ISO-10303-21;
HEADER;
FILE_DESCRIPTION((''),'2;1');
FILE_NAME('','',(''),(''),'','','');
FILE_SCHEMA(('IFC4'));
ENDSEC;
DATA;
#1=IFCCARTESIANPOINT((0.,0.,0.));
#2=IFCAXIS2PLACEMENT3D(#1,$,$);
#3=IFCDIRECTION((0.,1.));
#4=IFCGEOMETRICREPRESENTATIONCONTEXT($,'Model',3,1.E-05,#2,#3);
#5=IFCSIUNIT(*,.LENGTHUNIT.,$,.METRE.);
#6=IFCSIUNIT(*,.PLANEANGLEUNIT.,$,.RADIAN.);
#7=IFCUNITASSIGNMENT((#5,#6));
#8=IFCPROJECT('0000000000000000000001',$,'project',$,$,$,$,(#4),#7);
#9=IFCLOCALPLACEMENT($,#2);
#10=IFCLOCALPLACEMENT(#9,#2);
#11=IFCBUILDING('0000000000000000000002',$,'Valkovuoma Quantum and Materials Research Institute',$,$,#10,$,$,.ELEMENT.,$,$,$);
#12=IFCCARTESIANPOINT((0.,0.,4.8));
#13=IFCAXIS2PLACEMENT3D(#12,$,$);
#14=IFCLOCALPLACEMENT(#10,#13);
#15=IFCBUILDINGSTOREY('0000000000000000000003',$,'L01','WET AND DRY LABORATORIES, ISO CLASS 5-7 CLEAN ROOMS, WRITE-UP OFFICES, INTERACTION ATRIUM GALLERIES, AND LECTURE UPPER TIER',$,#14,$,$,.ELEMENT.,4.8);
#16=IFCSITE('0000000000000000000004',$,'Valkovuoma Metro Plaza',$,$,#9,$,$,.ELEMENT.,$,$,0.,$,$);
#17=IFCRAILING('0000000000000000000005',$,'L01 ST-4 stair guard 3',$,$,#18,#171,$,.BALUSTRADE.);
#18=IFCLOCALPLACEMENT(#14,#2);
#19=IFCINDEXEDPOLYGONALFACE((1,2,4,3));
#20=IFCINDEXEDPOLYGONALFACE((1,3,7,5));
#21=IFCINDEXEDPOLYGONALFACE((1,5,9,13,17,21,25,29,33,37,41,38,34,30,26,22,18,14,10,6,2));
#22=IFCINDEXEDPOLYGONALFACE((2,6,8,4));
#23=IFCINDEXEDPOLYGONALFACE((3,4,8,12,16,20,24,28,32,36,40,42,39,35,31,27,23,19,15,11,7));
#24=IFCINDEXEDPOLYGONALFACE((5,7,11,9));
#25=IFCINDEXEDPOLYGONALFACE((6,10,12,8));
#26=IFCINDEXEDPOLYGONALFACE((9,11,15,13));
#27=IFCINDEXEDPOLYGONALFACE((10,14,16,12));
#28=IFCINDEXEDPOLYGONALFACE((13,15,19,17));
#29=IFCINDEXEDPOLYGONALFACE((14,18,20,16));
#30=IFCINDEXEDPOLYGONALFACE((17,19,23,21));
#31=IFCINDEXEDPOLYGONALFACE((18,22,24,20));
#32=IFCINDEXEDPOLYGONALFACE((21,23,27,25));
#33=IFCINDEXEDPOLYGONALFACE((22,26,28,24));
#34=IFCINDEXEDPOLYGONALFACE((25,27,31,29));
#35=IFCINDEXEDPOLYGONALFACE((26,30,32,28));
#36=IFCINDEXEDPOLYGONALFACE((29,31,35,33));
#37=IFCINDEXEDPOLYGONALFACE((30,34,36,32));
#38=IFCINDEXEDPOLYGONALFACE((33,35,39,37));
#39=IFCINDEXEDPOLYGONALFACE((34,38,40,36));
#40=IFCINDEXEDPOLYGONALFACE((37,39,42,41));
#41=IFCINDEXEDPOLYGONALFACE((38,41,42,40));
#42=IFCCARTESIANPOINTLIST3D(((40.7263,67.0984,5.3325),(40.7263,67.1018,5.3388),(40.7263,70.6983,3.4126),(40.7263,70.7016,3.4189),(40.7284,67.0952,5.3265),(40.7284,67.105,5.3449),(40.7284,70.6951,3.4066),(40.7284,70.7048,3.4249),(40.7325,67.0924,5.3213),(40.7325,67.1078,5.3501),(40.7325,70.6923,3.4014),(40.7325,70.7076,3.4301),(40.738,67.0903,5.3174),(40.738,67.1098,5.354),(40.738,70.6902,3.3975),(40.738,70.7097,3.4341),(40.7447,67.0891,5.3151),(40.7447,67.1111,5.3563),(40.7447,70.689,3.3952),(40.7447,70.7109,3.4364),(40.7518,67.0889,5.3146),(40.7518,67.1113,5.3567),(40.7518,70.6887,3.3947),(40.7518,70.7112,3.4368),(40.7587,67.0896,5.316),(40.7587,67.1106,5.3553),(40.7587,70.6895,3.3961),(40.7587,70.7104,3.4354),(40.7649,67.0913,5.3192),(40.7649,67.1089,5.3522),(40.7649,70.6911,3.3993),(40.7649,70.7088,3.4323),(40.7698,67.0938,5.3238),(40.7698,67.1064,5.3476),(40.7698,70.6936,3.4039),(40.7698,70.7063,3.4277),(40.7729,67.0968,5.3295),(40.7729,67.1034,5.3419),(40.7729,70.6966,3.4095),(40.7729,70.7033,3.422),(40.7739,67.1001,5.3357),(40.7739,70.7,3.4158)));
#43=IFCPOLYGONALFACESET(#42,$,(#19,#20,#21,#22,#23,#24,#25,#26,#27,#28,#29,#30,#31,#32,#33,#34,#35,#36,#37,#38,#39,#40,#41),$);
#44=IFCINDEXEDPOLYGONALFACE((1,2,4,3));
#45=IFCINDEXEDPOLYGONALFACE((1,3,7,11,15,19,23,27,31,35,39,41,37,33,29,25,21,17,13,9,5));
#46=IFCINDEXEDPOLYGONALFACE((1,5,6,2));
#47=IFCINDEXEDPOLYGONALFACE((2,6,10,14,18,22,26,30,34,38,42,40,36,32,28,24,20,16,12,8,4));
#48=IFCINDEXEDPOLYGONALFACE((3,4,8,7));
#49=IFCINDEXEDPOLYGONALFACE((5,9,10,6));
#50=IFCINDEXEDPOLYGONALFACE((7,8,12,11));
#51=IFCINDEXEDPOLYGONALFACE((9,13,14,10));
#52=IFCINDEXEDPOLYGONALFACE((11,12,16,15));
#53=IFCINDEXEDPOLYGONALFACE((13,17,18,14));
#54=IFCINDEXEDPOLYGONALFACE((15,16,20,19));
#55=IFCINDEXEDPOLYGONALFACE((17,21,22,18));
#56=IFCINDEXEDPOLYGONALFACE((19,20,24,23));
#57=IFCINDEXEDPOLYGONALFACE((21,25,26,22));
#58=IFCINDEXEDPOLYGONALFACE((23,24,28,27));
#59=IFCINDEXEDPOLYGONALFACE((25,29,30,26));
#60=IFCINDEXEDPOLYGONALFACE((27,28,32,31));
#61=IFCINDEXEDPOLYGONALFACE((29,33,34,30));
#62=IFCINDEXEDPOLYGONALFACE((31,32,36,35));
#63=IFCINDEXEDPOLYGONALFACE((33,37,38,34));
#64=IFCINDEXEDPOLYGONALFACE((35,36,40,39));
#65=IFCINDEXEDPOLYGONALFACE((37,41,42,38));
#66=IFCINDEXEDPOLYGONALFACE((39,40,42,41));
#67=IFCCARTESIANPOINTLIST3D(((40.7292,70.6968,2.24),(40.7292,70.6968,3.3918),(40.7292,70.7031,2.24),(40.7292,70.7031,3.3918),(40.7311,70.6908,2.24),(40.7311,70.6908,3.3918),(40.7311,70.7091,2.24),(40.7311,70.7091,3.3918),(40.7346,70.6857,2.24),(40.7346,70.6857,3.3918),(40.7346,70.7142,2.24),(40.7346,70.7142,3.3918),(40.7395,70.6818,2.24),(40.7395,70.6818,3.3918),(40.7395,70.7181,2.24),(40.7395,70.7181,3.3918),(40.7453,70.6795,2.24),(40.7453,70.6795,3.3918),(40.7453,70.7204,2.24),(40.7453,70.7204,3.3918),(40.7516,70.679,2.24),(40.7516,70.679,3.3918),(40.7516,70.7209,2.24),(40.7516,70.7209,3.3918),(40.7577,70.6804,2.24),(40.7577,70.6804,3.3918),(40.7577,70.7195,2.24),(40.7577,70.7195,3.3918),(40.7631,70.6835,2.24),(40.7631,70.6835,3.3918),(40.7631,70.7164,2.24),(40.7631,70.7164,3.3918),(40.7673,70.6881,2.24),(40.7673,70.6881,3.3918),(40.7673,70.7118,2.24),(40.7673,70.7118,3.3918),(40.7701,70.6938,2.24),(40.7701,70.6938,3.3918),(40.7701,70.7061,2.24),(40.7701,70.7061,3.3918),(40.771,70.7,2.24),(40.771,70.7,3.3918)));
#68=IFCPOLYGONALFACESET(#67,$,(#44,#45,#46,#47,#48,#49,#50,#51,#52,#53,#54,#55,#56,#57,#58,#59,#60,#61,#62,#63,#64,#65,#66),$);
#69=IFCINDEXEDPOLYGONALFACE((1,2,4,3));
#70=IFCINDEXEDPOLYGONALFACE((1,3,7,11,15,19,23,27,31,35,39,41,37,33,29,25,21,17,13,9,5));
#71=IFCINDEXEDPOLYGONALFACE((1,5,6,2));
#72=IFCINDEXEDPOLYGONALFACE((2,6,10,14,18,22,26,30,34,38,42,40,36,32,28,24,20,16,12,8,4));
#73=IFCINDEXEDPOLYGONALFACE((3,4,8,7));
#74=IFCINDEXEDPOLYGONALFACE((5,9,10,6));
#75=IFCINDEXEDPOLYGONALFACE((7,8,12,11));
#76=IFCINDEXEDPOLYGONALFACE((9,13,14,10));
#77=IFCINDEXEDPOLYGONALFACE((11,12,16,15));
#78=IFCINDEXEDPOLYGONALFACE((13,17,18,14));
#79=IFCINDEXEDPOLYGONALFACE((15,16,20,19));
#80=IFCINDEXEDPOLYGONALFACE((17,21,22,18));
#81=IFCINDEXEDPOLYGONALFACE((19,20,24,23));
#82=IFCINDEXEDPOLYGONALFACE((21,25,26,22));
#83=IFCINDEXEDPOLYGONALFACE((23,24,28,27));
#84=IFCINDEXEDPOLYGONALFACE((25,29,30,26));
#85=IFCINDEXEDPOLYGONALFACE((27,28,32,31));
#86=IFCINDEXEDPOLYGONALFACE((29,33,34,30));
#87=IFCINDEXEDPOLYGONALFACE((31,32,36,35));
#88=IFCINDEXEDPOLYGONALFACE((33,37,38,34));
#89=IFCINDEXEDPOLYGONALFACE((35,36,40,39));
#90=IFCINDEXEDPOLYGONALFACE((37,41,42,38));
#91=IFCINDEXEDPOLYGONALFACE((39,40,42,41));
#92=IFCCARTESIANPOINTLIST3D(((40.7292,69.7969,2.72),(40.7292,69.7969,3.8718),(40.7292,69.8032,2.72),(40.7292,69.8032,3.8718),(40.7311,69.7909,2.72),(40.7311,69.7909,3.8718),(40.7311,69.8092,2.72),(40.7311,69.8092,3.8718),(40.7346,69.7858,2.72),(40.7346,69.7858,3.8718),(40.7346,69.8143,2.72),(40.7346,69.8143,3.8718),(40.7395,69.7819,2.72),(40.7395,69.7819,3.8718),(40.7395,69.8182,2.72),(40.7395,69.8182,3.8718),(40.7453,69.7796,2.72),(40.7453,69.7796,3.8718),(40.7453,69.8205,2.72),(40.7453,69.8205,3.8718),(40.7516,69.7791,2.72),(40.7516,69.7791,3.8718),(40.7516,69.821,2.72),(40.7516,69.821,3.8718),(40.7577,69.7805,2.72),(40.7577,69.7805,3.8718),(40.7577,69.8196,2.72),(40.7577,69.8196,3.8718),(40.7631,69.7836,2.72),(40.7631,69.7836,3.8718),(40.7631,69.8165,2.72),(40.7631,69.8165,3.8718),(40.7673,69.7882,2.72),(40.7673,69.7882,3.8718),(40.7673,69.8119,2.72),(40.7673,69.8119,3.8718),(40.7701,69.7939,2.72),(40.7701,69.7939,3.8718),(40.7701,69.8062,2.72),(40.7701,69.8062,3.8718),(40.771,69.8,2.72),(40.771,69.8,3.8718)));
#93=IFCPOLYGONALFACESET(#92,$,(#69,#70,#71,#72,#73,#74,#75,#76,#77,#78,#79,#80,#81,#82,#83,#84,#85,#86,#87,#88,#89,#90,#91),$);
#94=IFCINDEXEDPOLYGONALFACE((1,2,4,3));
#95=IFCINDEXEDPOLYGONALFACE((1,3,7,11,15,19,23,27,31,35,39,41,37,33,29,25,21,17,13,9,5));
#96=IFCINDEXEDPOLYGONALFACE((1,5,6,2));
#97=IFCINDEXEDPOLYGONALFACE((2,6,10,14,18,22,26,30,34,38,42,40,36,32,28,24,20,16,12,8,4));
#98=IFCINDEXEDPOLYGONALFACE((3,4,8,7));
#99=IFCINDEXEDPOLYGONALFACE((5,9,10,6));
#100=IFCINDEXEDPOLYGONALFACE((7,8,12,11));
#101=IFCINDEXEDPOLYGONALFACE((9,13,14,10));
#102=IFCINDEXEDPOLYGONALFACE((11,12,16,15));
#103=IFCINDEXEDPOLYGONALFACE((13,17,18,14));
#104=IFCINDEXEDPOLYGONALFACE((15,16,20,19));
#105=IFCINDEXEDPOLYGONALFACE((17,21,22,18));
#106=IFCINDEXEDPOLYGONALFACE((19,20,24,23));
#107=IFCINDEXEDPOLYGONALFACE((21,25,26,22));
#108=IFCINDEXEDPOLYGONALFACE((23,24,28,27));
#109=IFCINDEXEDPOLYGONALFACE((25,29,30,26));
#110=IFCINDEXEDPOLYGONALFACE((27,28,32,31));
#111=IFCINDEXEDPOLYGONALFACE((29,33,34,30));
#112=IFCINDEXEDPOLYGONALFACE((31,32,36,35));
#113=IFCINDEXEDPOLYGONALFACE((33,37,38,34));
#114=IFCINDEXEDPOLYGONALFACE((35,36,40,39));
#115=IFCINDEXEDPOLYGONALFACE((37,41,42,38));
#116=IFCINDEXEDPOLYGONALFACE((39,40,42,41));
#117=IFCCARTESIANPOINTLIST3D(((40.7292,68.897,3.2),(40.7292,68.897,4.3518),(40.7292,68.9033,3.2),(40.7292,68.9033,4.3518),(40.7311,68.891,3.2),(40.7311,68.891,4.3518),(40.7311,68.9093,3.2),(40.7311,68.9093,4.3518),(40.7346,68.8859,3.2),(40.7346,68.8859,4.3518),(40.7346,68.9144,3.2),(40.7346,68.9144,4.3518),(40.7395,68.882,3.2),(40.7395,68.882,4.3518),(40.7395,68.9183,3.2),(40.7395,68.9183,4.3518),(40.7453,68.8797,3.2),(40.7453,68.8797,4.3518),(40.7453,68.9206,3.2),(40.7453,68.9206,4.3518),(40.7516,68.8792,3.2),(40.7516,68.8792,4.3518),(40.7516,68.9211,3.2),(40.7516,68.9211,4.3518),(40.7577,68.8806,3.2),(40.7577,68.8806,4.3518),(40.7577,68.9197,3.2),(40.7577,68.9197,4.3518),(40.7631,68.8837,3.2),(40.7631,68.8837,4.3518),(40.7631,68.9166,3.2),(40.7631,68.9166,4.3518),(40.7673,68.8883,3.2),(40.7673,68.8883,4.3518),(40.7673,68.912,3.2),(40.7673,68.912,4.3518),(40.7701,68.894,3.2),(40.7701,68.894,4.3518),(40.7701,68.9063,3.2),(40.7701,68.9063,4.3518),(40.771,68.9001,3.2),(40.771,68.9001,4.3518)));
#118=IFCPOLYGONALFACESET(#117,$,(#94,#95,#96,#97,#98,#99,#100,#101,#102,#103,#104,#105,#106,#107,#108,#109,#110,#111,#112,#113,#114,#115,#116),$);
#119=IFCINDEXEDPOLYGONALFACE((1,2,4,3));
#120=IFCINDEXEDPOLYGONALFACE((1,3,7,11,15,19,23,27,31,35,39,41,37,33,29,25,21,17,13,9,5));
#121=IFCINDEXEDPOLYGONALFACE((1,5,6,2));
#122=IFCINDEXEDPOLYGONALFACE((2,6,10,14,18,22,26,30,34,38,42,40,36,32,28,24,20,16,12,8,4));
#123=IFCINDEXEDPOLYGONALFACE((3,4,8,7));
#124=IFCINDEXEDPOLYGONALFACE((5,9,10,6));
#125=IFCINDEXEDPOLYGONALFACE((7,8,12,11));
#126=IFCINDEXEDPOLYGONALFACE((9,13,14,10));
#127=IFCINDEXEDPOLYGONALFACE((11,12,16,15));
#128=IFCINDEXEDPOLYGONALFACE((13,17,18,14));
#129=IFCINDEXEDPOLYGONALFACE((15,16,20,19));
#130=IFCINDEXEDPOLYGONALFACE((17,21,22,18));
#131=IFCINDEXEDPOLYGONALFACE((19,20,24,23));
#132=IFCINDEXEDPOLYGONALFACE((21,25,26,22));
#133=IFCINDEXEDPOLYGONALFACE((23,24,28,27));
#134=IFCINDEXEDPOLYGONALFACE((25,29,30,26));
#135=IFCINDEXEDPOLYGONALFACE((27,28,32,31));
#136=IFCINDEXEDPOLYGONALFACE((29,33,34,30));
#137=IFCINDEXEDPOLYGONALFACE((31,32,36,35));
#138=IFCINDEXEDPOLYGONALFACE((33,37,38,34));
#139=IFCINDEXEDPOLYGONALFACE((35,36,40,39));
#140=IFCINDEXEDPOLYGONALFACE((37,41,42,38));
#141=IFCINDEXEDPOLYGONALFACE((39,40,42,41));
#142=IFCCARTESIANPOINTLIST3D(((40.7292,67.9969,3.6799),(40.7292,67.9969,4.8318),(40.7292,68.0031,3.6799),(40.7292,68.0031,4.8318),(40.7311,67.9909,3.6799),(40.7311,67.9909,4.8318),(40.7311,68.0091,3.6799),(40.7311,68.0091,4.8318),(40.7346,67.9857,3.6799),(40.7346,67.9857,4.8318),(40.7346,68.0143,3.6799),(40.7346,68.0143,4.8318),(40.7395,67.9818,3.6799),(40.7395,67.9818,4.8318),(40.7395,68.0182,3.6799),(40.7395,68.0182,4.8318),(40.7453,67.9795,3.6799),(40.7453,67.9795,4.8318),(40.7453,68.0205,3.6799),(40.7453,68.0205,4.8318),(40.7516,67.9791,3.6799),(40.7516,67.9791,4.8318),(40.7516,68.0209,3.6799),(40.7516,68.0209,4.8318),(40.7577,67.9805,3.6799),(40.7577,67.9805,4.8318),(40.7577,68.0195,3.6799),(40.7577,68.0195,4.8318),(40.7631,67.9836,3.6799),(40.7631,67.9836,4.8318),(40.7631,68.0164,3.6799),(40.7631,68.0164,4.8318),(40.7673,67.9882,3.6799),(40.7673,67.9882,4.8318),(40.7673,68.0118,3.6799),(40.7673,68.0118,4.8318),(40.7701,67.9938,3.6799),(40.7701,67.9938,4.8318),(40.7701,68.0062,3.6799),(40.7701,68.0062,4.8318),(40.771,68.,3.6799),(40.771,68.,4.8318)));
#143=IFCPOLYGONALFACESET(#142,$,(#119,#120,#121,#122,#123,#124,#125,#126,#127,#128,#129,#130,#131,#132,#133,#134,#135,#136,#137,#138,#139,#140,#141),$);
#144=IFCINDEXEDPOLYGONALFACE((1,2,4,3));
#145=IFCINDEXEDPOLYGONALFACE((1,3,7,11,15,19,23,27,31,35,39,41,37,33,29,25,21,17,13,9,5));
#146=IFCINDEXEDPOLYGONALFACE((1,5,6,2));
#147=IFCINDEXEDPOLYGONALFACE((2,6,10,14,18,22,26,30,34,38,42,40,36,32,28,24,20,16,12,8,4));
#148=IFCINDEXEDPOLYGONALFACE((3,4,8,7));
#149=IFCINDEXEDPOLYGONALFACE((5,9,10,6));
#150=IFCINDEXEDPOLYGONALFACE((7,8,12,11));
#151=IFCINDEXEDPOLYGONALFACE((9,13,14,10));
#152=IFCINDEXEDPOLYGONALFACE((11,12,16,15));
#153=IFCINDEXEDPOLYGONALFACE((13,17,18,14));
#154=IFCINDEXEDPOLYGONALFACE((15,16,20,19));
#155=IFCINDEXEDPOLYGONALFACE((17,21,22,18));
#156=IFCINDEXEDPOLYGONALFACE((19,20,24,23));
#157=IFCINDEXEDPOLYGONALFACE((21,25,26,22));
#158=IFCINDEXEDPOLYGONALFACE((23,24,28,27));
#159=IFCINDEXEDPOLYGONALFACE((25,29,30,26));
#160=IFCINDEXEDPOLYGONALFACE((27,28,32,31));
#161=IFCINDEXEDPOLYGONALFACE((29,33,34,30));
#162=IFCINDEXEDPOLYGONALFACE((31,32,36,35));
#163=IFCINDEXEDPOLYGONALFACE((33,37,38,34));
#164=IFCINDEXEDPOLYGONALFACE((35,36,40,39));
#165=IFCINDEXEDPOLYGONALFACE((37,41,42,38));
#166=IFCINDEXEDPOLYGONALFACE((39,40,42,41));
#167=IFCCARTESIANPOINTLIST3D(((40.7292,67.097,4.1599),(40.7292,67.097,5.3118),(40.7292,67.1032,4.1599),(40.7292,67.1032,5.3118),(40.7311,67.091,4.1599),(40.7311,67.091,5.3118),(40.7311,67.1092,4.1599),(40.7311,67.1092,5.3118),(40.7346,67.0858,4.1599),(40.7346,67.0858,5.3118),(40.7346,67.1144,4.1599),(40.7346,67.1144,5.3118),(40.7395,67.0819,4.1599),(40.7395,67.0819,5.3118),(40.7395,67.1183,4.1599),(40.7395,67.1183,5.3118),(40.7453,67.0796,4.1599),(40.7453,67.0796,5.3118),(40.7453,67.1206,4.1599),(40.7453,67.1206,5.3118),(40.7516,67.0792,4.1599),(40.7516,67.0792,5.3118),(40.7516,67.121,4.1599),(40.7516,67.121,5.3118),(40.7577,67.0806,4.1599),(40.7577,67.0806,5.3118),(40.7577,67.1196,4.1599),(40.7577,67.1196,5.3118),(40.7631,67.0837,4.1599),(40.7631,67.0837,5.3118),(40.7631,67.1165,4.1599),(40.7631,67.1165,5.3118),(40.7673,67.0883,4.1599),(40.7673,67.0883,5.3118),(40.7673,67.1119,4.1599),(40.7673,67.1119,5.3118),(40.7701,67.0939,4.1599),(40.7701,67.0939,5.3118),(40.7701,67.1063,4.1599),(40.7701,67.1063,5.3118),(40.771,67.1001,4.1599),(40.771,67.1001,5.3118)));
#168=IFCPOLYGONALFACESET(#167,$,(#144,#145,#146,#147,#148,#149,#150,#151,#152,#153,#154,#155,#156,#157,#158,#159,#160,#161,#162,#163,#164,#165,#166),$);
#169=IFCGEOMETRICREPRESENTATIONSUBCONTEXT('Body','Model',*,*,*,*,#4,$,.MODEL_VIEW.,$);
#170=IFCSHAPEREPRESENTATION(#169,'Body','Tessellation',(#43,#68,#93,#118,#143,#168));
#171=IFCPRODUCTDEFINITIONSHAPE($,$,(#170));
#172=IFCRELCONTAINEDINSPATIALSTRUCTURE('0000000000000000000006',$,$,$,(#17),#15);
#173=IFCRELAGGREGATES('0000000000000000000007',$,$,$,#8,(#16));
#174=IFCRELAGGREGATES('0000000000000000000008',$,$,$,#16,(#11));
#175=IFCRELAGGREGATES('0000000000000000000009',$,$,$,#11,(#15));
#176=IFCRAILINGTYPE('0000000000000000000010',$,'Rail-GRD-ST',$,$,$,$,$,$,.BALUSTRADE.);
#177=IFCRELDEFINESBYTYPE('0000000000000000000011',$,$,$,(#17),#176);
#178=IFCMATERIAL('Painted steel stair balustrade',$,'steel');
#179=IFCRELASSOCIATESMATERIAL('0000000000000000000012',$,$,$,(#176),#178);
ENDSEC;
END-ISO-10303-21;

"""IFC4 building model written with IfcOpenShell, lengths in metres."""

from ifc_helpers import new_model, si_unit, direction, frame, origin, origin_2d, place, context, subcontext, project, spatial, circle, extrude, material, type_object, element, save


model = new_model("IFC4")

# Units and contexts
model_context = context("Model", 3, precision=1e-05, world=origin(), true_north=direction((0.0, 1.0)))
body_context = subcontext(model_context, "Body", "Model", "MODEL_VIEW")
ifc_project = project(units=[si_unit("LENGTHUNIT", "METRE"), si_unit("PLANEANGLEUNIT", "RADIAN")], contexts=[model_context])

# Site, building, storey
site_placement = place(None, origin())
site = spatial("IfcSite", under=ifc_project, at=site_placement, Name="Valkovuoma Metro Plaza", CompositionType="ELEMENT", RefElevation=0.0)
building_placement = place(site_placement, origin())
building = spatial("IfcBuilding", under=site, at=building_placement, Name="Valkovuoma Quantum and Materials Research Institute", CompositionType="ELEMENT")
storey_placement = place(building_placement, frame((0.0, 0.0, 4.8)))
storey = spatial("IfcBuildingStorey", under=building, at=storey_placement, Name="L01", Description="WET AND DRY LABORATORIES, ISO CLASS 5-7 CLEAN ROOMS, WRITE-UP OFFICES, INTERACTION ATRIUM GALLERIES, AND LECTURE UPPER TIER", CompositionType="ELEMENT", Elevation=4.8)

# Railing
ifc_material_1 = material(Name="Painted steel stair balustrade", Category="steel")
railing_type_1 = type_object("IfcRailingType", Name="Rail-GRD-ST", PredefinedType="BALUSTRADE", material=ifc_material_1)
railing_1_placement = place(storey_placement, frame((40.75, 70.7, 2.24)))
element("IfcRailing", 1, at=railing_1_placement, inside=storey, type_object=railing_type_1, Name="L01 ST-4 stair guard 3", PredefinedType="BALUSTRADE", context=body_context, shape_type="SweptSolid", body=[
    extrude(circle(Radius=0.0239, at=origin_2d()), frame((0.0, 0.0, 1.1758), z_axis=(0.0, -0.882353, 0.470588), x_axis=(1.0, 0.0, 0.0)), (0.0, 0.0, 1.0), 4.0798),
    extrude(circle(Radius=0.021, at=origin_2d()), origin(), (0.0, 0.0, 1.0), 1.1519),
    extrude(circle(Radius=0.021, at=origin_2d()), frame((0.0, -0.8999, 0.48)), (0.0, 0.0, 1.0), 1.1519),
    extrude(circle(Radius=0.021, at=origin_2d()), frame((0.0, -1.7998, 0.96)), (0.0, 0.0, 1.0), 1.1519),
    extrude(circle(Radius=0.021, at=origin_2d()), frame((0.0, -2.7, 1.4399)), (0.0, 0.0, 1.0), 1.1519),
    extrude(circle(Radius=0.021, at=origin_2d()), frame((0.0, -3.5999, 1.9199)), (0.0, 0.0, 1.0), 1.1519),
])

save(model, "model.ifc")
